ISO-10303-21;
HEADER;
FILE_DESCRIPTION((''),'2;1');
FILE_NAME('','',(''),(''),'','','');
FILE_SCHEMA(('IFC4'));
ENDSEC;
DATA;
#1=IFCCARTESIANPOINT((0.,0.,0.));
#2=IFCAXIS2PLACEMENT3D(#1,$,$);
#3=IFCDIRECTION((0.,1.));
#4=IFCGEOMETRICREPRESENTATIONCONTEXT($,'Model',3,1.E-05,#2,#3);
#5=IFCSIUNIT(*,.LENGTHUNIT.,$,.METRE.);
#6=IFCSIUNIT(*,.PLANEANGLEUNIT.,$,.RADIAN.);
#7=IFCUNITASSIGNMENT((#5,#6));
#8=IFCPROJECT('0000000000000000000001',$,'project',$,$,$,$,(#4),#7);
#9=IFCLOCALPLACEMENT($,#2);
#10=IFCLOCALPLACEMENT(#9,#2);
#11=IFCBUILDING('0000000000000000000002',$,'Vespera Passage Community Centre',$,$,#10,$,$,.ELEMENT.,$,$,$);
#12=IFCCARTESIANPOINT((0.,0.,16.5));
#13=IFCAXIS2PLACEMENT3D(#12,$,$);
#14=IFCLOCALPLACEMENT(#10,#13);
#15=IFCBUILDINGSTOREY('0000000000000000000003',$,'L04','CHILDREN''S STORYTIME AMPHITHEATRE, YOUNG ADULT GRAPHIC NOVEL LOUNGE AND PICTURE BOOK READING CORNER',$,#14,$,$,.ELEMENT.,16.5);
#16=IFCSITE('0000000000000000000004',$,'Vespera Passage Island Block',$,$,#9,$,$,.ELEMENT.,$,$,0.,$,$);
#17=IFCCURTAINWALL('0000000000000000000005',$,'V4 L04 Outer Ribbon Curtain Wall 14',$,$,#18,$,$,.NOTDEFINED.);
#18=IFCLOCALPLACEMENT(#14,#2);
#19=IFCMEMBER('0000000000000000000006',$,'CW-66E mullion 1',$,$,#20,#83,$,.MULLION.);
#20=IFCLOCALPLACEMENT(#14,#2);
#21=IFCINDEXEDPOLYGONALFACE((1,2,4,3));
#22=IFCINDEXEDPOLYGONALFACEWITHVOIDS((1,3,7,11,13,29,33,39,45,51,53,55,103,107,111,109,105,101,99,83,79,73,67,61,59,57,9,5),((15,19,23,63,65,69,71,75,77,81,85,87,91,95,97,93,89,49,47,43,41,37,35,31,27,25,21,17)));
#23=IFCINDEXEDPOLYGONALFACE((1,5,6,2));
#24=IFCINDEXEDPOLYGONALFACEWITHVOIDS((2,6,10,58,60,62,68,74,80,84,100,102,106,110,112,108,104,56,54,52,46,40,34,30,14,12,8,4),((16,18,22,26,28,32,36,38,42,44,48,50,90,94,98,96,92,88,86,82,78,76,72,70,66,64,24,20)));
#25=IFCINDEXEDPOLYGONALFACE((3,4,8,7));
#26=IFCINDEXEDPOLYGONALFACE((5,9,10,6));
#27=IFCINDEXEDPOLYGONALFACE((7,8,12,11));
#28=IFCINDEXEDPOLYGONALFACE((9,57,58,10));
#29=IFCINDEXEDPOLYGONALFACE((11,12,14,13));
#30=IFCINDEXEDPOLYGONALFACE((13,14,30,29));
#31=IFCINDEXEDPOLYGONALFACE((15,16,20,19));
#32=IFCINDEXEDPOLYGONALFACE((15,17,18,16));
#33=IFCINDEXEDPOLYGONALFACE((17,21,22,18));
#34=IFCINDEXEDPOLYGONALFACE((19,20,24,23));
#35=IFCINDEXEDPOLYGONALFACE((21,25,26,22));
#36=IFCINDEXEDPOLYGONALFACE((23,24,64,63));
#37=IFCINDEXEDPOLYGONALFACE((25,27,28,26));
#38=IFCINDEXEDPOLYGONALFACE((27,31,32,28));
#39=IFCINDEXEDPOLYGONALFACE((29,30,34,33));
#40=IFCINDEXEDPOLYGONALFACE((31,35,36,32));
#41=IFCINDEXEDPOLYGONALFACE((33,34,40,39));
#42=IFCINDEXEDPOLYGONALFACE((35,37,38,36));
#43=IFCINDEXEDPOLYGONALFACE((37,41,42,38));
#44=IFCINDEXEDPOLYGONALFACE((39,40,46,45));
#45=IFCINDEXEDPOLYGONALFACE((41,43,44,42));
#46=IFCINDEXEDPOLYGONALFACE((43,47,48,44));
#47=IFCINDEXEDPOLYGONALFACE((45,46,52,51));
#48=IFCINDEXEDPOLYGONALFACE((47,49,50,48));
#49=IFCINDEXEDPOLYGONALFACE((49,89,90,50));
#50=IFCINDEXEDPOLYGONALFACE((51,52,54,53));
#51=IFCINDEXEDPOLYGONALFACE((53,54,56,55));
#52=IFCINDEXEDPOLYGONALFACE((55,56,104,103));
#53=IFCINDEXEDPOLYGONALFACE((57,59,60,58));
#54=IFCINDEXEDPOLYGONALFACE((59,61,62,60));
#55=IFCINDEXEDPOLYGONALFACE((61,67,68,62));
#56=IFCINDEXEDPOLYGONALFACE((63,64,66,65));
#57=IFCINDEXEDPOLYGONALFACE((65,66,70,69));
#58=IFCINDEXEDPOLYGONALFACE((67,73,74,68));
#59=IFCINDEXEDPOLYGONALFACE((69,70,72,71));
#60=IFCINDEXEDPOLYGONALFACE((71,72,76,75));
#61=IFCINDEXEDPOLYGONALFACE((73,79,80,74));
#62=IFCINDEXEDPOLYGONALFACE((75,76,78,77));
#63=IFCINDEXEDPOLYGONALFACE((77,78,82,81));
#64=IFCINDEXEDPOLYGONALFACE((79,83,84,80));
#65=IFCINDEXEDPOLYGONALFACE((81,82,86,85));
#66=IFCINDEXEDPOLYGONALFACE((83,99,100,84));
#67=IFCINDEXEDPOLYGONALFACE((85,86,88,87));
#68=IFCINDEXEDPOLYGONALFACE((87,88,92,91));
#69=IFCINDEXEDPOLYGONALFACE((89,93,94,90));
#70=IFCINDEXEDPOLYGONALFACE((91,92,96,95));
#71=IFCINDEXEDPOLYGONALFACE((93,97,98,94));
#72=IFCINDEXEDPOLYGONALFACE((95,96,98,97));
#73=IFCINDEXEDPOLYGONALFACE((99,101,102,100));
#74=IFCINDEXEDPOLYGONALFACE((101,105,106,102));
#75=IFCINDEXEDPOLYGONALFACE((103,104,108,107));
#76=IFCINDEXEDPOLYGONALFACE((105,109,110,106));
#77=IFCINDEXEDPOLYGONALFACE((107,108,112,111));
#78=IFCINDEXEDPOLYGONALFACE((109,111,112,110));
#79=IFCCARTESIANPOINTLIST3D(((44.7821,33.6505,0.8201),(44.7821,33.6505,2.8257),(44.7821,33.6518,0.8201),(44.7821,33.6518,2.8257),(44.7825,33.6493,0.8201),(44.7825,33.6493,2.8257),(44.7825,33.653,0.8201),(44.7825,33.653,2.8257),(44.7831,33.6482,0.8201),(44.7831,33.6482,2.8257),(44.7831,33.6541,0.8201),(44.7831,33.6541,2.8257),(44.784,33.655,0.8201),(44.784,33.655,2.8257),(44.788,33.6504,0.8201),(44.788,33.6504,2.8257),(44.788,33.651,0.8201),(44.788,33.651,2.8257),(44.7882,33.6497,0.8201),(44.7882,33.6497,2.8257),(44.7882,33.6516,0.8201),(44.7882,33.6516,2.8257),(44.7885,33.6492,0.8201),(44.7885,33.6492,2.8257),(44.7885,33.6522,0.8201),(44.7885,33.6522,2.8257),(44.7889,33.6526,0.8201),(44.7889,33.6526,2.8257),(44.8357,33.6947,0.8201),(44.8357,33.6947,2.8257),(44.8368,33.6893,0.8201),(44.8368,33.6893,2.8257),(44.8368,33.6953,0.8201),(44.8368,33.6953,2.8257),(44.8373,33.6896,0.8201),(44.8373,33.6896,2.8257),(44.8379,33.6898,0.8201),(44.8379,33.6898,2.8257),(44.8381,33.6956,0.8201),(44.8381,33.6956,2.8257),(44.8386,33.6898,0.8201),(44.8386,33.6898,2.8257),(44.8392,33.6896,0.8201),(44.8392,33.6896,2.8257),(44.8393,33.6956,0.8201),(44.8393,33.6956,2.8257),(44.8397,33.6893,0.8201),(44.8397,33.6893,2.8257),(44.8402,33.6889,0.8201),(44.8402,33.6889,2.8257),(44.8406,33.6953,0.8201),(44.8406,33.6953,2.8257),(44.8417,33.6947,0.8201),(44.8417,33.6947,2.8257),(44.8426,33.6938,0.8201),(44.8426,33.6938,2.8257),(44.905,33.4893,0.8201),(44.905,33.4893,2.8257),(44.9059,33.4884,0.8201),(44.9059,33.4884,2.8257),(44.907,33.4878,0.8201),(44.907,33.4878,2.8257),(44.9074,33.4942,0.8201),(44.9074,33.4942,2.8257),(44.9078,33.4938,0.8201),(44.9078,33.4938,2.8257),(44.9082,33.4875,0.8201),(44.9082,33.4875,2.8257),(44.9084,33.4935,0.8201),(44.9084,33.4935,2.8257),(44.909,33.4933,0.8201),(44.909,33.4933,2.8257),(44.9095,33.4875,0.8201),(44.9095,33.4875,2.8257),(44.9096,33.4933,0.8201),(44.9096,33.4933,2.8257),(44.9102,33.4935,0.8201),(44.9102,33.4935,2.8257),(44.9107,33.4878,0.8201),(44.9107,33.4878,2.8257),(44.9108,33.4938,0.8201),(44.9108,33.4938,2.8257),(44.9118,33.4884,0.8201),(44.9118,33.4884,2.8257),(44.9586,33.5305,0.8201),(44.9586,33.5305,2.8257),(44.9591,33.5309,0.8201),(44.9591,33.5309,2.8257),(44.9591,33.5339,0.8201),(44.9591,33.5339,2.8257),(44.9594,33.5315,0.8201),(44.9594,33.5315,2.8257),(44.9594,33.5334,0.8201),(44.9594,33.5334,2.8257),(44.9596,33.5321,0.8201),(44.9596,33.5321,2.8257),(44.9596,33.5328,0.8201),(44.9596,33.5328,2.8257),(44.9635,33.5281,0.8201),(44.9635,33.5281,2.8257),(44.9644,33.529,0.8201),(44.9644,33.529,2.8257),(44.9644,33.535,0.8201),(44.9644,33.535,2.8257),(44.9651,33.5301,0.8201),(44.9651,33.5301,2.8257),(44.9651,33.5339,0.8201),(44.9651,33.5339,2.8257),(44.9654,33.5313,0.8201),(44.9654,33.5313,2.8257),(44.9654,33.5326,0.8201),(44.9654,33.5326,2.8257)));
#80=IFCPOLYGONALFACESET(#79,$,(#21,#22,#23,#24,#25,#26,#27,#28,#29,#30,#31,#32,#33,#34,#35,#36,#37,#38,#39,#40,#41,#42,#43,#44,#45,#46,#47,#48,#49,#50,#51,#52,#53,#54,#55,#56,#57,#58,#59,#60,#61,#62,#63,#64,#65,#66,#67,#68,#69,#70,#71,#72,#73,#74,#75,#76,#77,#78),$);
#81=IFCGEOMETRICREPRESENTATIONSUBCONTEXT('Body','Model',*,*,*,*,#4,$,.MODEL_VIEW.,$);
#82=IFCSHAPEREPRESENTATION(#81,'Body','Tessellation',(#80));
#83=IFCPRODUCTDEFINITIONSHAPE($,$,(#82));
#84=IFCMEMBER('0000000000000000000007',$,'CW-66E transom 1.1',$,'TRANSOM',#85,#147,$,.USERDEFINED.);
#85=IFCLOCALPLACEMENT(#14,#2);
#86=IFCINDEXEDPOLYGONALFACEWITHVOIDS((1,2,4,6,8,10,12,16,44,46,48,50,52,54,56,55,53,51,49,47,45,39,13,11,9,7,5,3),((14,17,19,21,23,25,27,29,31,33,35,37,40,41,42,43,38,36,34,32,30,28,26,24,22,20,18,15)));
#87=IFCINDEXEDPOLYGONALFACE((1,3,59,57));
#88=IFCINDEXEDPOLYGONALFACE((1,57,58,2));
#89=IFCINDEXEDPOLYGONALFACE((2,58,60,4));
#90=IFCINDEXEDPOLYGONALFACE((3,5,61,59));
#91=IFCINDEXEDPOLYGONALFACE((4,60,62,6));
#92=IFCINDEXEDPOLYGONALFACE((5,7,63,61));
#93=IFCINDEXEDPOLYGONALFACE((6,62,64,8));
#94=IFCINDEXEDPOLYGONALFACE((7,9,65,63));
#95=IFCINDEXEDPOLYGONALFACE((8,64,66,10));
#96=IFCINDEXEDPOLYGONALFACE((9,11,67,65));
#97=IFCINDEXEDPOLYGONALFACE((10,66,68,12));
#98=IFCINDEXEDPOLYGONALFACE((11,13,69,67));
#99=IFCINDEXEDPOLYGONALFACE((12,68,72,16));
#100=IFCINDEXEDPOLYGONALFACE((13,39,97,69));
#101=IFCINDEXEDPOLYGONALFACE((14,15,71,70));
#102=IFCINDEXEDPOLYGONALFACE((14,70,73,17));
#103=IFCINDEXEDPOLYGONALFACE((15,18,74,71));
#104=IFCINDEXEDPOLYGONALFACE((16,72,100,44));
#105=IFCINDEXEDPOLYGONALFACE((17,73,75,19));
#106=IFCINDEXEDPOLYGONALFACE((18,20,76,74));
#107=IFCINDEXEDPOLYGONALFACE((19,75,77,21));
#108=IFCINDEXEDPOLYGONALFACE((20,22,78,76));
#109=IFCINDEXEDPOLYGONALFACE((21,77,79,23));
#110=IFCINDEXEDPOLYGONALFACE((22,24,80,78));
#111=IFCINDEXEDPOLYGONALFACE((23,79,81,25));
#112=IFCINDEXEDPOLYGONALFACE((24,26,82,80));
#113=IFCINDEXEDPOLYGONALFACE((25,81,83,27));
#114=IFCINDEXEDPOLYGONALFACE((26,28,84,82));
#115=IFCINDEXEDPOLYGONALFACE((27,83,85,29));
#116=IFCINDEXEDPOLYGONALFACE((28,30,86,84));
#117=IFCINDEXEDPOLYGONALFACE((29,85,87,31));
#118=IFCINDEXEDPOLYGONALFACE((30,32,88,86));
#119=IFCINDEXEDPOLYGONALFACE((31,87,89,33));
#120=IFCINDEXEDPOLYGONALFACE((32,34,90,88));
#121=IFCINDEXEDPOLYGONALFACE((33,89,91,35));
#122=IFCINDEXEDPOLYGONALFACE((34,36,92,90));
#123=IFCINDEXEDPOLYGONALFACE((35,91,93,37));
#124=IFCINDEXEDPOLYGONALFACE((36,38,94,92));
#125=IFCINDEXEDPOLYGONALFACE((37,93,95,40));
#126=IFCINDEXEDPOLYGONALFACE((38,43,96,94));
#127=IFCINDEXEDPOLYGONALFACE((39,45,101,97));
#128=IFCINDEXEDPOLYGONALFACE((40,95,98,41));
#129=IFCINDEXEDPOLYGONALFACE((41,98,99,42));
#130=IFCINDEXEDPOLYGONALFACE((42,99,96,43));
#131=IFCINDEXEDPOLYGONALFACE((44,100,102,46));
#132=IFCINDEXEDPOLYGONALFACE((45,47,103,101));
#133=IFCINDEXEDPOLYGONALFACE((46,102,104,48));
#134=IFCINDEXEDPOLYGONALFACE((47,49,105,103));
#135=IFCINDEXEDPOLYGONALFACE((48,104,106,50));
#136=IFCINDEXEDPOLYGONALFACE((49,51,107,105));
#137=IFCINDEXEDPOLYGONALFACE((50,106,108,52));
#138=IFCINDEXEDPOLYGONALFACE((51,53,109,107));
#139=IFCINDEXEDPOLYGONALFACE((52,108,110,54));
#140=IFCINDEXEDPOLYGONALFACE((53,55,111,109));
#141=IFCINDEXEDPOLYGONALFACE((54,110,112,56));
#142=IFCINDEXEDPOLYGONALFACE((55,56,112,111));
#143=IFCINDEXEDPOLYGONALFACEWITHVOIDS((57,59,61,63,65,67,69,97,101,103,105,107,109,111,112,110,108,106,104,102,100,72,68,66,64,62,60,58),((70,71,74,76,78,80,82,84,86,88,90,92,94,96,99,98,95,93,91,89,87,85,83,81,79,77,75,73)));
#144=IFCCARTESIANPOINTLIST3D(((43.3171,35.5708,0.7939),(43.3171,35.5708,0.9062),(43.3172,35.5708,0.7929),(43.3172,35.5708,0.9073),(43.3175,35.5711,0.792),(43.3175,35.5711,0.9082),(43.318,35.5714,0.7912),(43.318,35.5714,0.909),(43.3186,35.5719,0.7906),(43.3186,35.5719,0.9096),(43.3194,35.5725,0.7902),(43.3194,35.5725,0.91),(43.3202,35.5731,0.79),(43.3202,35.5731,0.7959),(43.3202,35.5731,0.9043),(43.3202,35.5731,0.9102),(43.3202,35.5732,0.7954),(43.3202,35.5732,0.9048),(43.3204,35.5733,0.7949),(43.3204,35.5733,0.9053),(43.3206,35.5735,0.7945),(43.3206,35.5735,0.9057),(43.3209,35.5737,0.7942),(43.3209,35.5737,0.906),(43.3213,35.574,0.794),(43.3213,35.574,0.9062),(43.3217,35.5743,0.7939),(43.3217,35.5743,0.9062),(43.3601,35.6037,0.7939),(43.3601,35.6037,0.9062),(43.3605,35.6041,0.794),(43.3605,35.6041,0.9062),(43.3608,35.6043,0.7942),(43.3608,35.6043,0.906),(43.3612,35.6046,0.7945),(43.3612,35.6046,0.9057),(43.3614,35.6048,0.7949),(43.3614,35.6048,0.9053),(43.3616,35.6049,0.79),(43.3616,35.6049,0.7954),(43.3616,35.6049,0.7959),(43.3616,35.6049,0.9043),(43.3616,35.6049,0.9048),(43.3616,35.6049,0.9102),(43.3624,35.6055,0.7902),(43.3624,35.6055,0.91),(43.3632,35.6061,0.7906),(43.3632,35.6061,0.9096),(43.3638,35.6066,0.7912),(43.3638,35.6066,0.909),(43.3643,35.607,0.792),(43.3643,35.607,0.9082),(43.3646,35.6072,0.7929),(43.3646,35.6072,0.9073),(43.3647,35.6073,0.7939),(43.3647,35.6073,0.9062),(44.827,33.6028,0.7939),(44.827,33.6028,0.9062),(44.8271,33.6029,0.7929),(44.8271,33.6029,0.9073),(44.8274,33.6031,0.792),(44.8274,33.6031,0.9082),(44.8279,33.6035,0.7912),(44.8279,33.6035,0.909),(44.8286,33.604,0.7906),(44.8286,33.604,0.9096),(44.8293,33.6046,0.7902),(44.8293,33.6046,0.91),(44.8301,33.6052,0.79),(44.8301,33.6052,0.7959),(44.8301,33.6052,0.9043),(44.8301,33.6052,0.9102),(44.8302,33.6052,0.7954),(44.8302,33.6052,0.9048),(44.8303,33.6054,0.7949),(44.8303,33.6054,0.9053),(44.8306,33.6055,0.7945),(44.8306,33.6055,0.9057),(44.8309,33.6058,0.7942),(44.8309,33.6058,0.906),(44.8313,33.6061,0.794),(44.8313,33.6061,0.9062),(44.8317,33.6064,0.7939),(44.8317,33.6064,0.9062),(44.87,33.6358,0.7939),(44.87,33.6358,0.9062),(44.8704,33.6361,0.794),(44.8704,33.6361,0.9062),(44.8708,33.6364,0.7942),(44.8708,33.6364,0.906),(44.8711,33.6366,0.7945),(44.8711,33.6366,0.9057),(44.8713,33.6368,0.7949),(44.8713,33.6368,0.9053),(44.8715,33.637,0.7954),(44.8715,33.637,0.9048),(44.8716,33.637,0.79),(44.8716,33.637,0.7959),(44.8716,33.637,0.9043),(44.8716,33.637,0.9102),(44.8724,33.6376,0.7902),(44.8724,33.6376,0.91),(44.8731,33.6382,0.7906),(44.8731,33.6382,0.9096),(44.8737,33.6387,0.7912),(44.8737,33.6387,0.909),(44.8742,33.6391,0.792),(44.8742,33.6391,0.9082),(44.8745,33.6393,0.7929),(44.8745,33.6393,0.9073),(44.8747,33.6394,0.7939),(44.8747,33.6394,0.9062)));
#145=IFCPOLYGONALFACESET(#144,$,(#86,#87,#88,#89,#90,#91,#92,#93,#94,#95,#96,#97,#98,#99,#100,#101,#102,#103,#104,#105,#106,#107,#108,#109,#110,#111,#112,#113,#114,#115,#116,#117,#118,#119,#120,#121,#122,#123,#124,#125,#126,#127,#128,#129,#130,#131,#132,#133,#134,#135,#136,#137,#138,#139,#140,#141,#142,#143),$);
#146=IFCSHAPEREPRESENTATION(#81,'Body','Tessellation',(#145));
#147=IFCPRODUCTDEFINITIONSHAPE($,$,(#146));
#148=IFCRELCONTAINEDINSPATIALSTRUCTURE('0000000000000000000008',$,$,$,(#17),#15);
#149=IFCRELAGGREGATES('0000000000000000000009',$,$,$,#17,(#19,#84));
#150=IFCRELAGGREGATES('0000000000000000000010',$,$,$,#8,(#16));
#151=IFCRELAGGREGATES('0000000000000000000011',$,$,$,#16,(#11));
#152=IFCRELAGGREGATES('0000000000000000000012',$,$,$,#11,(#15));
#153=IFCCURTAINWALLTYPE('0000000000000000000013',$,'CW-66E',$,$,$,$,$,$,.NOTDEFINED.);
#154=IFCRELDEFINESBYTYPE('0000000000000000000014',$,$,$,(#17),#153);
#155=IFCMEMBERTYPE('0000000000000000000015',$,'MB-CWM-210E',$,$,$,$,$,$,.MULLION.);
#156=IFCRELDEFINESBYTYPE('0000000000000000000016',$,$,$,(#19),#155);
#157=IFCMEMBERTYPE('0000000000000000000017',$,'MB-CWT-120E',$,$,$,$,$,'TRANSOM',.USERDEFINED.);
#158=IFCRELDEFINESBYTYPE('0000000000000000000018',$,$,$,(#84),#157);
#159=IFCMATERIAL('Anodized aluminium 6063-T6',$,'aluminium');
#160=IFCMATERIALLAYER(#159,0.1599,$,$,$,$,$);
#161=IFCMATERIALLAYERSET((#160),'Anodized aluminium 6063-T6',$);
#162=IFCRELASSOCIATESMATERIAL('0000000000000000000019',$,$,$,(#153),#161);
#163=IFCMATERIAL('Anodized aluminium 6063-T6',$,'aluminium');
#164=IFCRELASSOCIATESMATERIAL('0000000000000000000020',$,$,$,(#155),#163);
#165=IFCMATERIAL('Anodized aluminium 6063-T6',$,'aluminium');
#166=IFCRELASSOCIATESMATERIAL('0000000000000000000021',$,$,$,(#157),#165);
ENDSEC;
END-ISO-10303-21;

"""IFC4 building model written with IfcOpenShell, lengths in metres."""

from ifc_helpers import new_model, si_unit, direction, frame, origin, origin_2d, place, context, subcontext, project, spatial, hollow_rectangle, extrude, material, layer, layer_set, material_profile, profile_set, type_object, element, aggregate, save


model = new_model("IFC4")

# Units and contexts
model_context = context("Model", 3, precision=1e-05, world=origin(), true_north=direction((0.0, 1.0)))
body_context = subcontext(model_context, "Body", "Model", "MODEL_VIEW")
ifc_project = project(units=[si_unit("LENGTHUNIT", "METRE"), si_unit("PLANEANGLEUNIT", "RADIAN")], contexts=[model_context])

# Site, building, storey
site_placement = place(None, origin())
site = spatial("IfcSite", under=ifc_project, at=site_placement, Name="Vespera Passage Island Block", CompositionType="ELEMENT", RefElevation=0.0)
building_placement = place(site_placement, origin())
building = spatial("IfcBuilding", under=site, at=building_placement, Name="Vespera Passage Community Centre", CompositionType="ELEMENT")
storey_placement = place(building_placement, frame((0.0, 0.0, 16.5)))
storey = spatial("IfcBuildingStorey", under=building, at=storey_placement, Name="L04", Description="CHILDREN'S STORYTIME AMPHITHEATRE, YOUNG ADULT GRAPHIC NOVEL LOUNGE AND PICTURE BOOK READING CORNER", CompositionType="ELEMENT", Elevation=16.5)

# Curtain wall, members
ifc_material_1 = material(Name="Anodized aluminium 6063-T6", Category="aluminium")
ifc_layer_1 = layer(ifc_material_1, 0.1599)
ifc_layer_set_1 = layer_set([ifc_layer_1], Name="Anodized aluminium 6063-T6")
curtain_wall_type_1 = type_object("IfcCurtainWallType", Name="CW-66E", PredefinedType="NOTDEFINED", material=ifc_layer_set_1)
curtain_wall_1_placement = place(storey_placement, origin())
curtain_wall_1 = element("IfcCurtainWall", 1, at=curtain_wall_1_placement, inside=storey, type_object=curtain_wall_type_1, Name="V4 L04 Outer Ribbon Curtain Wall 14", PredefinedType="NOTDEFINED")
ifc_material_2 = material(Name="Anodized aluminium 6063-T6", Category="aluminium")
ifc_material_profile_1 = material_profile(ifc_material_2, hollow_rectangle(XDim=0.075, YDim=0.21, WallThickness=0.0049, InnerFilletRadius=0.0024, OuterFilletRadius=0.0049, at=origin_2d()), Name="ALU210X75X5")
ifc_profile_set_1 = profile_set([ifc_material_profile_1], Name="Anodized aluminium 6063-T6")
member_type_1 = type_object("IfcMemberType", Name="MB-CWM-210E", PredefinedType="MULLION", material=ifc_profile_set_1)
member_1_placement = place(storey_placement, frame((44.8738, 33.5916, 0.8201), z_axis=(0.0, 0.0, 1.0), x_axis=(-0.79335, -0.608765, 0.0)))
member_1 = element("IfcMember", 2, at=member_1_placement, type_object=member_type_1, Name="CW-66E mullion 1", PredefinedType="MULLION", context=body_context, shape_type="SweptSolid", body=[
    extrude(hollow_rectangle(XDim=0.075, YDim=0.21, WallThickness=0.0049, InnerFilletRadius=0.0024, OuterFilletRadius=0.0049, at=origin_2d()), origin(), (0.0, 0.0, 1.0), 2.0056),
])
ifc_material_3 = material(Name="Anodized aluminium 6063-T6", Category="aluminium")
ifc_material_profile_2 = material_profile(ifc_material_3, hollow_rectangle(XDim=0.0601, YDim=0.1201, WallThickness=0.0039, InnerFilletRadius=0.002, OuterFilletRadius=0.0039, at=origin_2d()), Name="ALU120X60X4")
ifc_profile_set_2 = profile_set([ifc_material_profile_2], Name="Anodized aluminium 6063-T6")
member_type_2 = type_object("IfcMemberType", Name="MB-CWT-120E", ElementType="TRANSOM", PredefinedType="USERDEFINED", material=ifc_profile_set_2)
member_2_placement = place(storey_placement, frame((44.8508, 33.6211, 0.8501), z_axis=(-0.608735, 0.793373, 0.0), x_axis=(-0.793373, -0.608735, 0.0)))
member_2 = element("IfcMember", 3, at=member_2_placement, type_object=member_type_2, Name="CW-66E transom 1.1", ObjectType="TRANSOM", PredefinedType="USERDEFINED", context=body_context, shape_type="SweptSolid", body=[
    extrude(hollow_rectangle(XDim=0.0601, YDim=0.1201, WallThickness=0.0039, InnerFilletRadius=0.002, OuterFilletRadius=0.0039, at=origin_2d()), origin(), (0.0, 0.0, 1.0), 2.4805),
])

aggregate(curtain_wall_1, [member_1, member_2])

save(model, "model.ifc")
